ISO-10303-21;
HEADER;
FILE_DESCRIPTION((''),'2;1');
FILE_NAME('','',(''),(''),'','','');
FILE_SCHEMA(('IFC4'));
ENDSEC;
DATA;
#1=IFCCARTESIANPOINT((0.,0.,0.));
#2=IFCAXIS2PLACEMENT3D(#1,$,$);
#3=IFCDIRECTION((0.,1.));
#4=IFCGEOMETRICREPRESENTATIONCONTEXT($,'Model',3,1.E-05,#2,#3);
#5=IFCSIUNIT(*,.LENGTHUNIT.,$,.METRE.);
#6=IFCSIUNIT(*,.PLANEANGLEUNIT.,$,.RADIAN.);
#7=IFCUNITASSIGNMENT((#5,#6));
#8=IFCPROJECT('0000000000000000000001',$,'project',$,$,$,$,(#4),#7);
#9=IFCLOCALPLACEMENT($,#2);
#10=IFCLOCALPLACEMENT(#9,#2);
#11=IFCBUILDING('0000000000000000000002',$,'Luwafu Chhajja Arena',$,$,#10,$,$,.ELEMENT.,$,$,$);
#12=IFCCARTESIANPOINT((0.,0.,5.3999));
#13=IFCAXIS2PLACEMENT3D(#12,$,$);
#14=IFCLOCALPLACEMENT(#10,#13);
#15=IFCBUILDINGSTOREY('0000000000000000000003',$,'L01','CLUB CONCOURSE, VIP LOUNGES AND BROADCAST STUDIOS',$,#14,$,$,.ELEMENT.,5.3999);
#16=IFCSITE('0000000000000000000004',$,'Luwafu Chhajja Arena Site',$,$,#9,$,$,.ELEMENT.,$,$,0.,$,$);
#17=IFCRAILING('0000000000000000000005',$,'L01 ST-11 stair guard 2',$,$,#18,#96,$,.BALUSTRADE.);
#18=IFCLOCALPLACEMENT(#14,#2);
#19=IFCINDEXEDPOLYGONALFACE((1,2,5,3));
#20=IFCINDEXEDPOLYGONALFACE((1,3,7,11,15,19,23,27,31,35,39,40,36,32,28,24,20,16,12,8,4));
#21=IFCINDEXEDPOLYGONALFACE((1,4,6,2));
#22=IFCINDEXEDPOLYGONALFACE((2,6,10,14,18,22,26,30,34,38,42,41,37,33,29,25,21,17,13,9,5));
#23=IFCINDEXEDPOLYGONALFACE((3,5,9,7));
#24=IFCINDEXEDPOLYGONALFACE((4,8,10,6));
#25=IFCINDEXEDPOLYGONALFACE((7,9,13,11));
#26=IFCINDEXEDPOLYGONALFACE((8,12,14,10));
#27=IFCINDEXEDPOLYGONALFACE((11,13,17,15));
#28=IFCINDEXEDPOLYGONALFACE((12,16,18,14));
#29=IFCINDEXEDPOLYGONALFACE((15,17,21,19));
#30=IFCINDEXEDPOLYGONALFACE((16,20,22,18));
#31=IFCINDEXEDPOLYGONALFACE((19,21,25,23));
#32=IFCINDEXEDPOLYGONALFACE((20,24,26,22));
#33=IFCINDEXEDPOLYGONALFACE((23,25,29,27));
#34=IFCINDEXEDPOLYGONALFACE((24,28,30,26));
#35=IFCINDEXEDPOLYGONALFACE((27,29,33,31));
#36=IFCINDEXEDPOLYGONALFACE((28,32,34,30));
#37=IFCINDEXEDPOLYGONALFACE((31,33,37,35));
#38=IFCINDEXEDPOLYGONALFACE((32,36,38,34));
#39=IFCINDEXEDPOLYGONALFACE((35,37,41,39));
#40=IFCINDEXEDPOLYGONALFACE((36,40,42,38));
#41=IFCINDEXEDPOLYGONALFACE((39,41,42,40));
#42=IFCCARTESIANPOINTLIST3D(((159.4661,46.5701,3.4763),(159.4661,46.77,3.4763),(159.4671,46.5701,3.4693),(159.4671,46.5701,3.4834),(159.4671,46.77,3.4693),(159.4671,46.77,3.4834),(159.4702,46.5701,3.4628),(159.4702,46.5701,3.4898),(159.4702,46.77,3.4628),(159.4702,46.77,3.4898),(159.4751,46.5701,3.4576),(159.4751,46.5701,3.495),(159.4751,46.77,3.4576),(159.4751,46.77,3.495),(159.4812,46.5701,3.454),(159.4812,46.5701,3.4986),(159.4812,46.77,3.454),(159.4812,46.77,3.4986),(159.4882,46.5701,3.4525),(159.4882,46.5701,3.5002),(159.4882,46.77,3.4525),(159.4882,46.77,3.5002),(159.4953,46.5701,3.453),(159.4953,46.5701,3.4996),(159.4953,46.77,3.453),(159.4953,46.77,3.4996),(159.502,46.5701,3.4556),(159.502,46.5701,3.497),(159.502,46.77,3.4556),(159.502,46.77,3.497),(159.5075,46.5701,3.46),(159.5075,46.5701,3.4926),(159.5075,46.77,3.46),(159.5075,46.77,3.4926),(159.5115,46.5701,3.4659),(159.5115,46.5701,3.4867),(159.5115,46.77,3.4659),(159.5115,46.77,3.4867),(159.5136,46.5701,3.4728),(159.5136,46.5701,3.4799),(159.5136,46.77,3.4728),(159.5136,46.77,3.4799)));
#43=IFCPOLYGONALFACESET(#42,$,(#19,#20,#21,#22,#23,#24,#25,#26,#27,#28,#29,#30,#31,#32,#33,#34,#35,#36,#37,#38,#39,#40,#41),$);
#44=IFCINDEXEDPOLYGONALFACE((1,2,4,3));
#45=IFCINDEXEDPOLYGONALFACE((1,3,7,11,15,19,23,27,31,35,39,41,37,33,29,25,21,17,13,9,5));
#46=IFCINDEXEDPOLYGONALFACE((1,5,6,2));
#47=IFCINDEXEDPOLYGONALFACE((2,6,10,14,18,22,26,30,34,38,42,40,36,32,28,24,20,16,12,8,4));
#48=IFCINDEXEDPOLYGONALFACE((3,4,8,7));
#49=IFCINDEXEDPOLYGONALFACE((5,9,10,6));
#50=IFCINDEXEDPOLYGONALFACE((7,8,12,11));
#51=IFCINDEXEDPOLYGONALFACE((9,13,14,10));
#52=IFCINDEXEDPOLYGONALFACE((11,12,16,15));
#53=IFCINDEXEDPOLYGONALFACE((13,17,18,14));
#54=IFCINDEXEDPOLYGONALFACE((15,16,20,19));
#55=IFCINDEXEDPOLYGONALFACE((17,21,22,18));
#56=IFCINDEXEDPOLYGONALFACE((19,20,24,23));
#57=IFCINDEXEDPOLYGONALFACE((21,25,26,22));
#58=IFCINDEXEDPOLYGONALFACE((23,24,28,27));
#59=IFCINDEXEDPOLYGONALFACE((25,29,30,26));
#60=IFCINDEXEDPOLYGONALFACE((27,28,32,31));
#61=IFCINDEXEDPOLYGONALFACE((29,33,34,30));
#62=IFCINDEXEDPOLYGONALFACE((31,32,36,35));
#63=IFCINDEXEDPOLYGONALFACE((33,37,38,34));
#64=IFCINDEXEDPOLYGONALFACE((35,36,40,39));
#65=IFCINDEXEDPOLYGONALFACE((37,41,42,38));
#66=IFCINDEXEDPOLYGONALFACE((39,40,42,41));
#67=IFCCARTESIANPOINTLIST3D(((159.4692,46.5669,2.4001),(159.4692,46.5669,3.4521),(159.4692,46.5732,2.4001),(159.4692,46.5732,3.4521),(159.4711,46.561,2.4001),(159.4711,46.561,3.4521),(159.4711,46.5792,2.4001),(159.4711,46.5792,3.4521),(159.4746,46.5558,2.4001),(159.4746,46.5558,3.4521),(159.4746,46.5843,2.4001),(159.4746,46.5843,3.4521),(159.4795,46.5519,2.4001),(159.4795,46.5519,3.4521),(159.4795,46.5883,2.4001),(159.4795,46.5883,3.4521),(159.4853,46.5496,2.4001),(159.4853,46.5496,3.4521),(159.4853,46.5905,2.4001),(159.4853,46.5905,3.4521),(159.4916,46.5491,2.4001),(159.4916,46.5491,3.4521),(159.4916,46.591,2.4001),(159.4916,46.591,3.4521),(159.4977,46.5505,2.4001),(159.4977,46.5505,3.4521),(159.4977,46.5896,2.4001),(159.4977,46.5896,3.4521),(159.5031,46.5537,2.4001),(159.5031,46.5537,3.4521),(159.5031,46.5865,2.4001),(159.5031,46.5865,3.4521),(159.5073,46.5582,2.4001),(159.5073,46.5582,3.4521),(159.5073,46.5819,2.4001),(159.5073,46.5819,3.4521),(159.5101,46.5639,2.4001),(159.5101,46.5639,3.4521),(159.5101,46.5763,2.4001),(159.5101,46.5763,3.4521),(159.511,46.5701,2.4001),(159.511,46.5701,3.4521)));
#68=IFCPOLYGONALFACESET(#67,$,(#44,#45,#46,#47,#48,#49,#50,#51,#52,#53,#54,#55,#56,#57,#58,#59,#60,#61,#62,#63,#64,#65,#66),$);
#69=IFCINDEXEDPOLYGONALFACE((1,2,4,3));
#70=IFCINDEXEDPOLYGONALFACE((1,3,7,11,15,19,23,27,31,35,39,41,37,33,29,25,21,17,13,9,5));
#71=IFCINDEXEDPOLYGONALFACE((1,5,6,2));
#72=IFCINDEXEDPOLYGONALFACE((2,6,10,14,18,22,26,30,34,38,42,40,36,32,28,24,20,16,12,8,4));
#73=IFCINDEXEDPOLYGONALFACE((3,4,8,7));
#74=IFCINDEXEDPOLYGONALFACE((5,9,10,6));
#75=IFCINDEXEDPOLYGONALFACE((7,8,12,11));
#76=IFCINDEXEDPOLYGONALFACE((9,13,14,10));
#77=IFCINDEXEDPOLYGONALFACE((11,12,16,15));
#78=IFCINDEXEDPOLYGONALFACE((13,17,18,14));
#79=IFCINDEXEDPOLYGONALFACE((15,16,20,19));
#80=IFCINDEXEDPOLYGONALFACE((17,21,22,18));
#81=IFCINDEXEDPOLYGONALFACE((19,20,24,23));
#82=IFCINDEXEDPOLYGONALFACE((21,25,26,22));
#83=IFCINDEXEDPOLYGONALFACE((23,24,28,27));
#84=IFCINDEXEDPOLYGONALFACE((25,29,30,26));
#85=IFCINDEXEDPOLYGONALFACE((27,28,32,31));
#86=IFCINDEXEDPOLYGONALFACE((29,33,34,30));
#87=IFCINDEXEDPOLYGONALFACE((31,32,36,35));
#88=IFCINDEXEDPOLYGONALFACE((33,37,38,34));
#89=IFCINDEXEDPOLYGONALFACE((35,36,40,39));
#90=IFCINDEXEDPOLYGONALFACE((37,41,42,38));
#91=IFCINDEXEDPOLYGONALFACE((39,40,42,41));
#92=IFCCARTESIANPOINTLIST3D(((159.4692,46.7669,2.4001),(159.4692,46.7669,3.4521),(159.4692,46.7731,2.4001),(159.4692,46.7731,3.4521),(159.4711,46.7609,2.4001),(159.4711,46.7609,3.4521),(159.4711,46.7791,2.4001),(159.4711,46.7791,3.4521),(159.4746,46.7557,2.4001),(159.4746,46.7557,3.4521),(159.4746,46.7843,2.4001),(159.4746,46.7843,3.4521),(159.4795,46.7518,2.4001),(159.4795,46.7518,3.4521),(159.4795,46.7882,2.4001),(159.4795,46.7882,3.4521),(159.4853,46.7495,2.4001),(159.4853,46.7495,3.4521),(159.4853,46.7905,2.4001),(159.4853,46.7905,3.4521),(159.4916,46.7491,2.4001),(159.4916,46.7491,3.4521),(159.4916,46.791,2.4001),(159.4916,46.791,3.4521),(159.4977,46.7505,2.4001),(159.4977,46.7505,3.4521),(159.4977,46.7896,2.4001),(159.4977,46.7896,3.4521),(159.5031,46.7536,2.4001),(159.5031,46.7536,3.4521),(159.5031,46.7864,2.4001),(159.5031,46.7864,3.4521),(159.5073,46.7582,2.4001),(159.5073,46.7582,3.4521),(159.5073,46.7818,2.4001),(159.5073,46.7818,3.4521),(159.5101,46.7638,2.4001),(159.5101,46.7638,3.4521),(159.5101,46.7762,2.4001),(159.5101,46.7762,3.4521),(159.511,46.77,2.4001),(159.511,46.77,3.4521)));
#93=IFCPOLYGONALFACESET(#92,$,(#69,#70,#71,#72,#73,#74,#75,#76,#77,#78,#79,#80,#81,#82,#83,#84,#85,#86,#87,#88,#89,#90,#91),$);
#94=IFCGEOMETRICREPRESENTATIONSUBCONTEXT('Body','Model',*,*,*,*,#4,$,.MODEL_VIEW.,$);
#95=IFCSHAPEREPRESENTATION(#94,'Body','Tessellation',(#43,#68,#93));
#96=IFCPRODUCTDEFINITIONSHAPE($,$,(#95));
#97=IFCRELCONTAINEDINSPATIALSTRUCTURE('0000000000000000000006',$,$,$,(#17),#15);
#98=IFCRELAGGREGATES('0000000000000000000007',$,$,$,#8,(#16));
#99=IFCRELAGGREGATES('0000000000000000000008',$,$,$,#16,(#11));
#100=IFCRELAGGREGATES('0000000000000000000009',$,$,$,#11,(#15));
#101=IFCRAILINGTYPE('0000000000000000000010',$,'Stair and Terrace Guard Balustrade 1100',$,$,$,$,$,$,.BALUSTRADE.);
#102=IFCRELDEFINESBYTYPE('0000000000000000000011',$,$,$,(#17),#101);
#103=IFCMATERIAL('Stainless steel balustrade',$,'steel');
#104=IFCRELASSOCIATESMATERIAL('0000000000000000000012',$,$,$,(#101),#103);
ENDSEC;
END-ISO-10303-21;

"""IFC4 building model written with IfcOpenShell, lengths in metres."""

from ifc_helpers import new_model, si_unit, direction, frame, origin, origin_2d, place, context, subcontext, project, spatial, circle, extrude, material, type_object, element, save


model = new_model("IFC4")

# Units and contexts
model_context = context("Model", 3, precision=1e-05, world=origin(), true_north=direction((0.0, 1.0)))
body_context = subcontext(model_context, "Body", "Model", "MODEL_VIEW")
ifc_project = project(units=[si_unit("LENGTHUNIT", "METRE"), si_unit("PLANEANGLEUNIT", "RADIAN")], contexts=[model_context])

# Site, building, storey
site_placement = place(None, origin())
site = spatial("IfcSite", under=ifc_project, at=site_placement, Name="Luwafu Chhajja Arena Site", CompositionType="ELEMENT", RefElevation=0.0)
building_placement = place(site_placement, origin())
building = spatial("IfcBuilding", under=site, at=building_placement, Name="Luwafu Chhajja Arena", CompositionType="ELEMENT")
storey_placement = place(building_placement, frame((0.0, 0.0, 5.3999)))
storey = spatial("IfcBuildingStorey", under=building, at=storey_placement, Name="L01", Description="CLUB CONCOURSE, VIP LOUNGES AND BROADCAST STUDIOS", CompositionType="ELEMENT", Elevation=5.3999)

# Railing
ifc_material_1 = material(Name="Stainless steel balustrade", Category="steel")
railing_type_1 = type_object("IfcRailingType", Name="Stair and Terrace Guard Balustrade 1100", PredefinedType="BALUSTRADE", material=ifc_material_1)
railing_1_placement = place(storey_placement, frame((159.49, 46.5701, 2.4001)))
element("IfcRailing", 1, at=railing_1_placement, inside=storey, type_object=railing_type_1, Name="L01 ST-11 stair guard 2", PredefinedType="BALUSTRADE", context=body_context, shape_type="SweptSolid", body=[
    extrude(circle(Radius=0.0239, at=origin_2d()), frame((0.0, 0.0, 1.0762), z_axis=(0.0, 1.0, 0.0), x_axis=(-1.0, 0.0, 0.0)), (0.0, 0.0, 1.0), 0.2),
    extrude(circle(Radius=0.021, at=origin_2d()), origin(), (0.0, 0.0, 1.0), 1.052),
    extrude(circle(Radius=0.021, at=origin_2d()), frame((0.0, 0.2, 0.0)), (0.0, 0.0, 1.0), 1.052),
])

save(model, "model.ifc")
